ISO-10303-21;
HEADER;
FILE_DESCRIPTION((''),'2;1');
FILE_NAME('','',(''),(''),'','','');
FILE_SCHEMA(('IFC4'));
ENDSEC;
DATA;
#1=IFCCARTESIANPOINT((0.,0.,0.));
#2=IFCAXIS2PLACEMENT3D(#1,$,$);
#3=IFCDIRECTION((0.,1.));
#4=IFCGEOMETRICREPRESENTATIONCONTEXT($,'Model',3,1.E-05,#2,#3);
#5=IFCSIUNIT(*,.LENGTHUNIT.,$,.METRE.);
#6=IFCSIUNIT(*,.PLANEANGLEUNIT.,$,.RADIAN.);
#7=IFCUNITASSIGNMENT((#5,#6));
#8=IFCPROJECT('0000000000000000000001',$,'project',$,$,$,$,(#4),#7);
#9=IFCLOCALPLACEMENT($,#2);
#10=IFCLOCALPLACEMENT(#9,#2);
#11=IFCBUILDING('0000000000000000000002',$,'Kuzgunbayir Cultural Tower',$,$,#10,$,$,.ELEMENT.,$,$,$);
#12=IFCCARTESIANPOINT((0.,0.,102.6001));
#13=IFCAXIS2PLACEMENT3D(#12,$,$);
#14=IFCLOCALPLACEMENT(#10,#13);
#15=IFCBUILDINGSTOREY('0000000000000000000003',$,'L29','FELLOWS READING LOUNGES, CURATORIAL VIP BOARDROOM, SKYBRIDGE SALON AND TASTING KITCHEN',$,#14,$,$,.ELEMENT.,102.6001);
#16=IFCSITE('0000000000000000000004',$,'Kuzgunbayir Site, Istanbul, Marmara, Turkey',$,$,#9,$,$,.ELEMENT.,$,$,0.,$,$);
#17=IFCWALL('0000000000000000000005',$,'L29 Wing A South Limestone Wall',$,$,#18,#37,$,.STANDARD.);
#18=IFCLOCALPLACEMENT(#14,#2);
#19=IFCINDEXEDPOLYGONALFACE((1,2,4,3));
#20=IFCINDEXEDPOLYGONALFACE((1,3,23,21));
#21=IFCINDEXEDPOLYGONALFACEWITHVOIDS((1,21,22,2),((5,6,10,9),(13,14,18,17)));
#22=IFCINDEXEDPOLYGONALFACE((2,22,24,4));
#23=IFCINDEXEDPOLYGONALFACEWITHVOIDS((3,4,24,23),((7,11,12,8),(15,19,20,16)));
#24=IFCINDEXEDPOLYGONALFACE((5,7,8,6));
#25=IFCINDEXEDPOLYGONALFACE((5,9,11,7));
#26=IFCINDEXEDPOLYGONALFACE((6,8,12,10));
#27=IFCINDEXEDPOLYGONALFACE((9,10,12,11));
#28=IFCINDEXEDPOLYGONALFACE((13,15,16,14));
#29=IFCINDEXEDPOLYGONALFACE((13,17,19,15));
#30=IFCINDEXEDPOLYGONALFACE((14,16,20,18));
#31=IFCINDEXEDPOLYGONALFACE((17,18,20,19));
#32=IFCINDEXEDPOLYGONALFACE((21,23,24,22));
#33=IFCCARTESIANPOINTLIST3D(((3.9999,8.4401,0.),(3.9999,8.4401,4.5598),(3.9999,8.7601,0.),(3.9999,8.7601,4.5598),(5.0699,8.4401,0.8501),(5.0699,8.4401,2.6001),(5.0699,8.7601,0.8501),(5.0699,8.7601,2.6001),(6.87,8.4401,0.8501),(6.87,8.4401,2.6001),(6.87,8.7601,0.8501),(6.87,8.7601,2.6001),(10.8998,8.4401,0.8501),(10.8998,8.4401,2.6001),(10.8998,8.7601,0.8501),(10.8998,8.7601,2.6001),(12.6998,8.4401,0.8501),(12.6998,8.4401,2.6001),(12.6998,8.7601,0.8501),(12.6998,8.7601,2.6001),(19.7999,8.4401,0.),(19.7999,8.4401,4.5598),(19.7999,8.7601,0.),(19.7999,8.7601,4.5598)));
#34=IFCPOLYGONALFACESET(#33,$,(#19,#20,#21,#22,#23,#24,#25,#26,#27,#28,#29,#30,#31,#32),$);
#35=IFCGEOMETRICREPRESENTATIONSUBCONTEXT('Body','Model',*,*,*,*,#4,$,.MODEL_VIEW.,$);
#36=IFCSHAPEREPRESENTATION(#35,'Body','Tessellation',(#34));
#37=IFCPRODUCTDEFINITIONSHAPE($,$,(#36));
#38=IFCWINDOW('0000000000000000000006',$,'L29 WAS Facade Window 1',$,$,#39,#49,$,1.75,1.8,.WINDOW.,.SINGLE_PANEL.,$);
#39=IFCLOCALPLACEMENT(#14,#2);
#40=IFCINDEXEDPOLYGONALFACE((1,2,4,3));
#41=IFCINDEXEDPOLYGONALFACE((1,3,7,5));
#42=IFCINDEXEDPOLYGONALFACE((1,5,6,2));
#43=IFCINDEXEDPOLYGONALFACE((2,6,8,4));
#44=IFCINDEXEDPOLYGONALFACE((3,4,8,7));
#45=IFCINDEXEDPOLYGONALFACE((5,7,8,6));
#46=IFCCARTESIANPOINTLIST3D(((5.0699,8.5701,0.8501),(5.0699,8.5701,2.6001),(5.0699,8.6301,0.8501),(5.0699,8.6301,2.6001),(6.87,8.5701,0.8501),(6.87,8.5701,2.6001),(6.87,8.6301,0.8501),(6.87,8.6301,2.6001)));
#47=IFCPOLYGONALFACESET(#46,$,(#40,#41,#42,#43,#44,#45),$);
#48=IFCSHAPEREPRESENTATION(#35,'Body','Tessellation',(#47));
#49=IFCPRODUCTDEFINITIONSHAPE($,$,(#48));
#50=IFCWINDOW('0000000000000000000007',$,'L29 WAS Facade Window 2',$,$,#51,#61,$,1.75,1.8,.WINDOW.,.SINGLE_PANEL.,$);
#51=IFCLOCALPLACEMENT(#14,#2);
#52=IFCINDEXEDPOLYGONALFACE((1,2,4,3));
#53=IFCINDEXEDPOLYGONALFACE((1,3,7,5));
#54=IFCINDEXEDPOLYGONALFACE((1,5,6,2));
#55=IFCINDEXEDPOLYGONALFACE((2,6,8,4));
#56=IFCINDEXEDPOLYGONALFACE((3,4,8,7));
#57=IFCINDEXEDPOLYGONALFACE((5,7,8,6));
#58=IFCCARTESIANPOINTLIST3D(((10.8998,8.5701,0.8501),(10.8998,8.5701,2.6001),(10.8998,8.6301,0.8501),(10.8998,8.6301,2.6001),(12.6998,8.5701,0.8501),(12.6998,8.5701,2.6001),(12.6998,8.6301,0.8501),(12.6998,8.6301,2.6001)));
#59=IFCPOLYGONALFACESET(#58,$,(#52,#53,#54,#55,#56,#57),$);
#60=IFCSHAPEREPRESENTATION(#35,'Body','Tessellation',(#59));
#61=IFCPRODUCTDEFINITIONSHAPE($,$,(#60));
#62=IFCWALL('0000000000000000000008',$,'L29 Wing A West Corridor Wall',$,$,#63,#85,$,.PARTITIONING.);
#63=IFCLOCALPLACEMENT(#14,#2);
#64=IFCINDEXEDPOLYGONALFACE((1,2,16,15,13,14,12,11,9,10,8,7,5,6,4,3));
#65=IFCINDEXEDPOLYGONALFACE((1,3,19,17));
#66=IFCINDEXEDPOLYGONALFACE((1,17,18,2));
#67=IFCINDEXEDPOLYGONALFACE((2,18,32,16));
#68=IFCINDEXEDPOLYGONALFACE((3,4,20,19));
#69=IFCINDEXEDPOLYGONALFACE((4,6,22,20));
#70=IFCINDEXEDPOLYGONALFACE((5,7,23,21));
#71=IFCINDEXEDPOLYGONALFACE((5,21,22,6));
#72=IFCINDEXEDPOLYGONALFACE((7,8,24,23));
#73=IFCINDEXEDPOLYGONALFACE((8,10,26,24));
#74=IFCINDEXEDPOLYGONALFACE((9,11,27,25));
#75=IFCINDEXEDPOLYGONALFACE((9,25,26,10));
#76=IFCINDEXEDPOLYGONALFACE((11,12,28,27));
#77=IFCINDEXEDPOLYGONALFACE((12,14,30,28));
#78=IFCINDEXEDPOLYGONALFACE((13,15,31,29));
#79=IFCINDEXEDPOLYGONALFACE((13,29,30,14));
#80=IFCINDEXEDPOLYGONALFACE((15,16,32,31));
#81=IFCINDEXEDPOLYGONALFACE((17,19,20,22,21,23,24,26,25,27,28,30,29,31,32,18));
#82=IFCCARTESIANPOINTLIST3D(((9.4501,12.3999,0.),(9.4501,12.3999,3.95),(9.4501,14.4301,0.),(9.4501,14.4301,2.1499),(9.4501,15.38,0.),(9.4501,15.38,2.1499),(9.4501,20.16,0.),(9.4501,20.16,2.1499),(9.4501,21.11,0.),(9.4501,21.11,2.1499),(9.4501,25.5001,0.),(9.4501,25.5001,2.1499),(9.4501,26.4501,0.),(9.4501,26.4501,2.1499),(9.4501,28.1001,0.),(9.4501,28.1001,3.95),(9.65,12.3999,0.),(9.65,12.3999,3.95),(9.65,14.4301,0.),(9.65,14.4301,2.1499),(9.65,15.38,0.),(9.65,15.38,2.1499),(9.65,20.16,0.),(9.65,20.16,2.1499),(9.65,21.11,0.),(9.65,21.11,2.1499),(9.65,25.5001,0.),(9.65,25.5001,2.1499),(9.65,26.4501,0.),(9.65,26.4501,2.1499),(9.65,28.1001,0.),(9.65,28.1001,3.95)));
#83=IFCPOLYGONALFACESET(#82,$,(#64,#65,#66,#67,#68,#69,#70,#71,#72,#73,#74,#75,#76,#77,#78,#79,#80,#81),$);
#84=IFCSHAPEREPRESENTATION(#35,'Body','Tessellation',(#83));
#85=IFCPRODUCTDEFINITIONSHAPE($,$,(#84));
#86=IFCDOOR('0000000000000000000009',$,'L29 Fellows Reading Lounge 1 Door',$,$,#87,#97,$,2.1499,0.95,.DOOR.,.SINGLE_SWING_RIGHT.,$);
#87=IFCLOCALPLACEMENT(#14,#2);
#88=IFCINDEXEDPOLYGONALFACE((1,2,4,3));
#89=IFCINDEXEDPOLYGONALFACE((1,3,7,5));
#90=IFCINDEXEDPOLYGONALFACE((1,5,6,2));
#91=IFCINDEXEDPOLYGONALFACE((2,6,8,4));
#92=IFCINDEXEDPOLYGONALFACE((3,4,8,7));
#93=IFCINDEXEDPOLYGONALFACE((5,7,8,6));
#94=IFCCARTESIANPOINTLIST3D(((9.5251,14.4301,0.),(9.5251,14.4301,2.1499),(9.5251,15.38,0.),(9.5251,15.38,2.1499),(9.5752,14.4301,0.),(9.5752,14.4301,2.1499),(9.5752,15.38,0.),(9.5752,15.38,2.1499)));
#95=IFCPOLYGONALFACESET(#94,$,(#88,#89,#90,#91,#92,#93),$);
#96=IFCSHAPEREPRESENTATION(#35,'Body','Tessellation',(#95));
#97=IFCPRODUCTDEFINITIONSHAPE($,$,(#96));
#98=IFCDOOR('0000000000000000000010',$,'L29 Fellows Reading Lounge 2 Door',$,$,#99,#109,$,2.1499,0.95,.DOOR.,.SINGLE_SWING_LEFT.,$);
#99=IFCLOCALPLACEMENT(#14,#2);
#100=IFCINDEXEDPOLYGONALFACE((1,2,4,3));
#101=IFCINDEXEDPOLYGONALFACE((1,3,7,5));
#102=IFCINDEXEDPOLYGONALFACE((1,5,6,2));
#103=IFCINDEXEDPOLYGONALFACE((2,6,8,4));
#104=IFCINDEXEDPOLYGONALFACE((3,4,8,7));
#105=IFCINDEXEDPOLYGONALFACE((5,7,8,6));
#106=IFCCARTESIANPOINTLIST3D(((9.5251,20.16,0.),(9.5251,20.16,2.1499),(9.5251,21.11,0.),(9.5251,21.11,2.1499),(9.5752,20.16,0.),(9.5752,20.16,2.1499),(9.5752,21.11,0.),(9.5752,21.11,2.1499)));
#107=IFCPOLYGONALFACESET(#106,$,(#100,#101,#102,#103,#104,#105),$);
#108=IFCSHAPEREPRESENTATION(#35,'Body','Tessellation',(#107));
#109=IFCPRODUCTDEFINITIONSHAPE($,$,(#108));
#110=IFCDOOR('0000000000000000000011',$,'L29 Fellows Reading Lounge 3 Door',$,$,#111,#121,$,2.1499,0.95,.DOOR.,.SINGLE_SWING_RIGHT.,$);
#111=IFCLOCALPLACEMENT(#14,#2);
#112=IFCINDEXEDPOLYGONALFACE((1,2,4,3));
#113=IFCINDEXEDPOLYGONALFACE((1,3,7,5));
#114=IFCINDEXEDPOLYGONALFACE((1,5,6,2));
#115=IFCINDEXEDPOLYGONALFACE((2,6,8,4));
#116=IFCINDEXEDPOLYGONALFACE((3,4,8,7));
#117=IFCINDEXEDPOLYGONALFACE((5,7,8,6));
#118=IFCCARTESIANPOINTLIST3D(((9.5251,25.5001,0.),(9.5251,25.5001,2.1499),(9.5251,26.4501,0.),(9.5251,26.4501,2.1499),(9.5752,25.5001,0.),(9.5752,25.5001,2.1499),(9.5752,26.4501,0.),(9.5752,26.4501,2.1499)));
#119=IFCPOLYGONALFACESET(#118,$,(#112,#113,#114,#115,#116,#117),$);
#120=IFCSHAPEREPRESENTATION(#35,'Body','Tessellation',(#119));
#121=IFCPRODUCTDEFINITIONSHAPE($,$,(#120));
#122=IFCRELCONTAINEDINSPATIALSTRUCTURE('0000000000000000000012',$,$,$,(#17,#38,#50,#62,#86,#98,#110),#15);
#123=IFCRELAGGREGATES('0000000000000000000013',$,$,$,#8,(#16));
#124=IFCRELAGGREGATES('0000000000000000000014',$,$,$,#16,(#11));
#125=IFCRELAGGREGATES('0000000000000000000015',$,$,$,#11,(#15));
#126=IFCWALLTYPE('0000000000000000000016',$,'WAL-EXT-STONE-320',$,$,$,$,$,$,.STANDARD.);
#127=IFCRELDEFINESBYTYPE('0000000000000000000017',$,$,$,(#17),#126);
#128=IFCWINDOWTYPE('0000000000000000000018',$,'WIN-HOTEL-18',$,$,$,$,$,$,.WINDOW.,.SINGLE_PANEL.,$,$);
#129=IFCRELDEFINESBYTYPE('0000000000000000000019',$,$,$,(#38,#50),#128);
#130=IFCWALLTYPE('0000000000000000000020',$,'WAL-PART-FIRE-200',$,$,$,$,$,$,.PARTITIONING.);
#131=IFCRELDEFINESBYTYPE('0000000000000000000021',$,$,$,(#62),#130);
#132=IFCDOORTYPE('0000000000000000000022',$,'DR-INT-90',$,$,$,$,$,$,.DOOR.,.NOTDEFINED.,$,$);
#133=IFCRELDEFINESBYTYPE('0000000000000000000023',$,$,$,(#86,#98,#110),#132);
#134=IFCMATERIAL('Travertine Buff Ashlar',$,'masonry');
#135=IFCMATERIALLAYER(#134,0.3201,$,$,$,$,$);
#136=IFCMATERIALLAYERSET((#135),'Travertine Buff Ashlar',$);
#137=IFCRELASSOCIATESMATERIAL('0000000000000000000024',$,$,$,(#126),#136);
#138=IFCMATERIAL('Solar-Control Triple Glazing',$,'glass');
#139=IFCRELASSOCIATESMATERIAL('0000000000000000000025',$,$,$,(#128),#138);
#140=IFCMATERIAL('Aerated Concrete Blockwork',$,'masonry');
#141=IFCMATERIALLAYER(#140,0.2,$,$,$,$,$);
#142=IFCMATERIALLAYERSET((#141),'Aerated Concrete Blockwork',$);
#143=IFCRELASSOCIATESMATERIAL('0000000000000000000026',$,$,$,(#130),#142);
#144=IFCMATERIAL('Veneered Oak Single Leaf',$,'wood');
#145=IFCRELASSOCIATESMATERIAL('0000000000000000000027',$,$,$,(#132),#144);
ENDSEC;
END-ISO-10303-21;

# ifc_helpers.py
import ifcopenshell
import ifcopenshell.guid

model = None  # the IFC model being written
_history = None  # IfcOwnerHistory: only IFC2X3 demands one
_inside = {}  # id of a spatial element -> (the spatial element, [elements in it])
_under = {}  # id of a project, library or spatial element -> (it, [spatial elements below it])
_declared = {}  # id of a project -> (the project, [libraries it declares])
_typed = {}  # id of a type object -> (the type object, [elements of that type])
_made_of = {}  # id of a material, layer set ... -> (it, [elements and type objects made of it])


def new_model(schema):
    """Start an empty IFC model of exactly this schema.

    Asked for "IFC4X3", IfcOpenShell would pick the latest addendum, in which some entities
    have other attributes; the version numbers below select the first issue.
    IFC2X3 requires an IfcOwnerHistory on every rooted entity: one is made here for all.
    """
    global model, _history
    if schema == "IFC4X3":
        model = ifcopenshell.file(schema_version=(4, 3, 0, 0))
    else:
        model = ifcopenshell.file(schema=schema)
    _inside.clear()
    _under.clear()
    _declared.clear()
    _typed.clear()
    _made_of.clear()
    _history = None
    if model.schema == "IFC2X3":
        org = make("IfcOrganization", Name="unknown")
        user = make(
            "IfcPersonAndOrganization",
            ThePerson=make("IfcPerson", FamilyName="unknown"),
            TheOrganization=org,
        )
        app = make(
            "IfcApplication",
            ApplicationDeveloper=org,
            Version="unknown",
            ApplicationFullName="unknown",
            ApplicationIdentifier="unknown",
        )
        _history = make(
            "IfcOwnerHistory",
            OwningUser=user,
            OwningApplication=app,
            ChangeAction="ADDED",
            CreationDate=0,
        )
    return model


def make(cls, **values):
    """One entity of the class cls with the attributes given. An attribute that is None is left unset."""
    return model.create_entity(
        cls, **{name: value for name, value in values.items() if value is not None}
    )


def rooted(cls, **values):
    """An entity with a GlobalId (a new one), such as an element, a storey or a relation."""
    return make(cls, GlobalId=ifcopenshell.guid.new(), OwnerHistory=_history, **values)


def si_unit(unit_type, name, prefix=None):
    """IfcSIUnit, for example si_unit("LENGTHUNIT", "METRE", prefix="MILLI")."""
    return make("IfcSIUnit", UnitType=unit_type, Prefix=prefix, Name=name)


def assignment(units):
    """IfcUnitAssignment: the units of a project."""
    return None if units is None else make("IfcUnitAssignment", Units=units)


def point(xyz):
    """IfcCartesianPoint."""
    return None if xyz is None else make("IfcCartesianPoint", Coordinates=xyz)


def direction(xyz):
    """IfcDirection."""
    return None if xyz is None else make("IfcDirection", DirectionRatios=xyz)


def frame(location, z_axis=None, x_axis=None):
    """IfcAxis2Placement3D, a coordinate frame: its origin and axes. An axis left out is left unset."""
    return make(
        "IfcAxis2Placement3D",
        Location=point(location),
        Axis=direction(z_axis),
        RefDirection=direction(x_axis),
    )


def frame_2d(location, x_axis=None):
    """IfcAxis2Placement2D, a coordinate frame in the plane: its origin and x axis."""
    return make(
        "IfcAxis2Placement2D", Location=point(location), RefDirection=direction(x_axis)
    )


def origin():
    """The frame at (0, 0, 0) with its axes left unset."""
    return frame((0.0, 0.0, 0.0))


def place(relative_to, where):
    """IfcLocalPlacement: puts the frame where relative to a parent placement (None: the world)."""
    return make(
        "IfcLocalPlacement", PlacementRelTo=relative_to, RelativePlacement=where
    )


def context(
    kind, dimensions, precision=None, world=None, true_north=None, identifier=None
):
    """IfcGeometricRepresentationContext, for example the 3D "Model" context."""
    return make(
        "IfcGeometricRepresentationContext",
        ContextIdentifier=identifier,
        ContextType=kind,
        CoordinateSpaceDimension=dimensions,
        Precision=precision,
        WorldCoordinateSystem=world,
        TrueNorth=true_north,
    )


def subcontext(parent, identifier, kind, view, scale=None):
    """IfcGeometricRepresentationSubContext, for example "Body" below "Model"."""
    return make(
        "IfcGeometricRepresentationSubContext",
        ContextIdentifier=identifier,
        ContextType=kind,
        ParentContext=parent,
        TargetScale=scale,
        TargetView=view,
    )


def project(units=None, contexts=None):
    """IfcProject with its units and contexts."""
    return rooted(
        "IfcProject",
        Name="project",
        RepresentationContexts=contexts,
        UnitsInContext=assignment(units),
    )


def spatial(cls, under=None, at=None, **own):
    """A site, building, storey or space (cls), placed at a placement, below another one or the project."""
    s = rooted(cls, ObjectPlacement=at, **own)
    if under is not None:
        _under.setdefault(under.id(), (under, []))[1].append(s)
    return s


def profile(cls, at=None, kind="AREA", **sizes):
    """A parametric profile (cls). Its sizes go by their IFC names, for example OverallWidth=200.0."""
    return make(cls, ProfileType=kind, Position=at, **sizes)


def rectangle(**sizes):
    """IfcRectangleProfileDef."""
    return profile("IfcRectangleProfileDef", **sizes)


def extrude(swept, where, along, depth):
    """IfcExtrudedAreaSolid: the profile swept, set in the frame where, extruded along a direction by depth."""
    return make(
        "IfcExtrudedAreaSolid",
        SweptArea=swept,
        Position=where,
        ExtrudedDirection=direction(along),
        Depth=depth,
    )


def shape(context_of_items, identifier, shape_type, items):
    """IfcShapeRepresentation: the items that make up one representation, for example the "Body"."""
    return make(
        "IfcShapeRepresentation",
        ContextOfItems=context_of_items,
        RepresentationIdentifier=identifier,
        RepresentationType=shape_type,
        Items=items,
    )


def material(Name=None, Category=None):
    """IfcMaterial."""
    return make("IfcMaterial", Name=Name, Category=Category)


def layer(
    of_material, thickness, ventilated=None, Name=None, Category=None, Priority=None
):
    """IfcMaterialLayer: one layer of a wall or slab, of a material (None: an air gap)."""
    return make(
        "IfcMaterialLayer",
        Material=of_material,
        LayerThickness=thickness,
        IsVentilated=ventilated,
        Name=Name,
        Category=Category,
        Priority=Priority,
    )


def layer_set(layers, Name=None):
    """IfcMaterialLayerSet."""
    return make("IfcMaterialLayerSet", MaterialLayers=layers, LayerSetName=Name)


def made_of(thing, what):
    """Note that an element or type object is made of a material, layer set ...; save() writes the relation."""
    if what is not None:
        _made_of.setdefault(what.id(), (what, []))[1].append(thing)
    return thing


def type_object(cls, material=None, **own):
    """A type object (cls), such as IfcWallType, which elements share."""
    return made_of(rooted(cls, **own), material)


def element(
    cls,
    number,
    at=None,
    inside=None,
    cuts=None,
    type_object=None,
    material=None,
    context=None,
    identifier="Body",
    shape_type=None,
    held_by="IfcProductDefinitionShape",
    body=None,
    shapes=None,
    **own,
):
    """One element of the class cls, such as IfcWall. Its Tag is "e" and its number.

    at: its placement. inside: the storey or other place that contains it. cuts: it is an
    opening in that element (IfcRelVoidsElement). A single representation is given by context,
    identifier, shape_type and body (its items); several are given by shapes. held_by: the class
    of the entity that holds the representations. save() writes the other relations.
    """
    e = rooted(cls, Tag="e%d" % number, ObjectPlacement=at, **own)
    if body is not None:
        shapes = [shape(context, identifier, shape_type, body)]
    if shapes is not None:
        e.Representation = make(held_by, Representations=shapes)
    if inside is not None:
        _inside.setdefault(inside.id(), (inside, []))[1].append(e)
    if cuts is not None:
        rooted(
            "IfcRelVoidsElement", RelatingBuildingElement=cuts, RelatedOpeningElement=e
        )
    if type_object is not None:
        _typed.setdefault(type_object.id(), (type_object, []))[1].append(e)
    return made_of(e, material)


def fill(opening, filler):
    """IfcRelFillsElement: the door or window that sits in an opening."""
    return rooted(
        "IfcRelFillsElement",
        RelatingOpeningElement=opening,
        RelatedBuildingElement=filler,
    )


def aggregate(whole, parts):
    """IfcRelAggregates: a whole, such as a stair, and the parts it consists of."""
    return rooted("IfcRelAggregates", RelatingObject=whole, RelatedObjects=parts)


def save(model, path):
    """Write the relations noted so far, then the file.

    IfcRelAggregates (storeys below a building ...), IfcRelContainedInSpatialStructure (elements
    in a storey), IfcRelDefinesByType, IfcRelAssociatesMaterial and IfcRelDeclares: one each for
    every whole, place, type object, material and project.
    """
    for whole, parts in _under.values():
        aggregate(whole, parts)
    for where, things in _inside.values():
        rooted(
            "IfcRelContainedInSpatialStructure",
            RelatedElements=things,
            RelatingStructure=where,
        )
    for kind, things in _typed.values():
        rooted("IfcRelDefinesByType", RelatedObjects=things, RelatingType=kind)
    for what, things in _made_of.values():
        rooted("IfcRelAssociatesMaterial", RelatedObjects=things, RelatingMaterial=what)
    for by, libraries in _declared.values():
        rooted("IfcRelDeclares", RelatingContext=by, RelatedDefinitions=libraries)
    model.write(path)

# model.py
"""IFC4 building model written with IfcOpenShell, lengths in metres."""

from ifc_helpers import new_model, si_unit, direction, frame, frame_2d, origin, place, context, subcontext, project, spatial, rectangle, extrude, material, layer, layer_set, type_object, element, fill, save


model = new_model("IFC4")

# Units and contexts
model_context = context("Model", 3, precision=1e-05, world=origin(), true_north=direction((0.0, 1.0)))
body_context = subcontext(model_context, "Body", "Model", "MODEL_VIEW")
ifc_project = project(units=[si_unit("LENGTHUNIT", "METRE"), si_unit("PLANEANGLEUNIT", "RADIAN")], contexts=[model_context])

# Site, building, storey
site_placement = place(None, origin())
site = spatial("IfcSite", under=ifc_project, at=site_placement, Name="Kuzgunbayir Site, Istanbul, Marmara, Turkey", CompositionType="ELEMENT", RefElevation=0.0)
building_placement = place(site_placement, origin())
building = spatial("IfcBuilding", under=site, at=building_placement, Name="Kuzgunbayir Cultural Tower", CompositionType="ELEMENT")
storey_placement = place(building_placement, frame((0.0, 0.0, 102.6001)))
storey = spatial("IfcBuildingStorey", under=building, at=storey_placement, Name="L29", Description="FELLOWS READING LOUNGES, CURATORIAL VIP BOARDROOM, SKYBRIDGE SALON AND TASTING KITCHEN", CompositionType="ELEMENT", Elevation=102.6001)

# Wall, openings, windows
ifc_material_1 = material(Name="Travertine Buff Ashlar", Category="masonry")
ifc_layer_1 = layer(ifc_material_1, 0.3201)
ifc_layer_set_1 = layer_set([ifc_layer_1], Name="Travertine Buff Ashlar")
wall_type_1 = type_object("IfcWallType", Name="WAL-EXT-STONE-320", PredefinedType="STANDARD", material=ifc_layer_set_1)
wall_1_placement = place(storey_placement, frame((4.0, 8.6001, 0.0), z_axis=(0.0, 0.0, 1.0), x_axis=(1.0, 0.0, 0.0)))
wall_1 = element("IfcWall", 1, at=wall_1_placement, inside=storey, type_object=wall_type_1, Name="L29 Wing A South Limestone Wall", PredefinedType="STANDARD", context=body_context, shape_type="SweptSolid", body=[
    extrude(rectangle(XDim=15.8, YDim=0.3201, at=frame_2d((7.8999, 0.0))), origin(), (0.0, 0.0, 1.0), 4.5598),
])
opening_1_placement = place(wall_1_placement, frame((1.0701, 0.0, 0.8501)))
opening_1 = element("IfcOpeningElement", 2, at=opening_1_placement, cuts=wall_1, PredefinedType="OPENING", context=body_context, shape_type="SweptSolid", body=[
    extrude(rectangle(XDim=1.8, YDim=1.75, at=frame_2d((0.8999, 0.875))), frame((0.0, 0.1699, 0.0), z_axis=(0.0, -1.0, 0.0), x_axis=(1.0, 0.0, 0.0)), (0.0, 0.0, 1.0), 0.3401),
])
opening_2_placement = place(wall_1_placement, frame((6.8999, 0.0, 0.8501)))
opening_2 = element("IfcOpeningElement", 3, at=opening_2_placement, cuts=wall_1, PredefinedType="OPENING", context=body_context, shape_type="SweptSolid", body=[
    extrude(rectangle(XDim=1.8, YDim=1.75, at=frame_2d((0.8999, 0.875))), frame((0.0, 0.1699, 0.0), z_axis=(0.0, -1.0, 0.0), x_axis=(1.0, 0.0, 0.0)), (0.0, 0.0, 1.0), 0.3401),
])
ifc_material_2 = material(Name="Solar-Control Triple Glazing", Category="glass")
window_type = type_object("IfcWindowType", Name="WIN-HOTEL-18", PartitioningType="SINGLE_PANEL", PredefinedType="WINDOW", material=ifc_material_2)
window_1_placement = place(opening_1_placement, origin())
window_1 = element("IfcWindow", 4, at=window_1_placement, inside=storey, type_object=window_type, Name="L29 WAS Facade Window 1", OverallHeight=1.75, OverallWidth=1.8, PartitioningType="SINGLE_PANEL", PredefinedType="WINDOW", context=body_context, shape_type="SweptSolid", body=[
    extrude(rectangle(XDim=1.8, YDim=1.75, at=frame_2d((0.8999, 0.875))), frame((0.0, 0.03, 0.0), z_axis=(0.0, -1.0, 0.0), x_axis=(1.0, 0.0, 0.0)), (0.0, 0.0, 1.0), 0.0601),
])
fill(opening_1, window_1)
window_2_placement = place(opening_2_placement, origin())
window_2 = element("IfcWindow", 5, at=window_2_placement, inside=storey, type_object=window_type, Name="L29 WAS Facade Window 2", OverallHeight=1.75, OverallWidth=1.8, PartitioningType="SINGLE_PANEL", PredefinedType="WINDOW", context=body_context, shape_type="SweptSolid", body=[
    extrude(rectangle(XDim=1.8, YDim=1.75, at=frame_2d((0.8999, 0.875))), frame((0.0, 0.03, 0.0), z_axis=(0.0, -1.0, 0.0), x_axis=(1.0, 0.0, 0.0)), (0.0, 0.0, 1.0), 0.0601),
])
fill(opening_2, window_2)

# Wall, openings, doors
ifc_material_3 = material(Name="Aerated Concrete Blockwork", Category="masonry")
ifc_layer_2 = layer(ifc_material_3, 0.2)
ifc_layer_set_2 = layer_set([ifc_layer_2], Name="Aerated Concrete Blockwork")
wall_type_2 = type_object("IfcWallType", Name="WAL-PART-FIRE-200", PredefinedType="PARTITIONING", material=ifc_layer_set_2)
wall_2_placement = place(storey_placement, frame((9.55, 12.3999, 0.0), z_axis=(0.0, 0.0, 1.0), x_axis=(0.0, 1.0, 0.0)))
wall_2 = element("IfcWall", 6, at=wall_2_placement, inside=storey, type_object=wall_type_2, Name="L29 Wing A West Corridor Wall", PredefinedType="PARTITIONING", context=body_context, shape_type="SweptSolid", body=[
    extrude(rectangle(XDim=15.7002, YDim=0.2, at=frame_2d((7.8501, 0.0))), origin(), (0.0, 0.0, 1.0), 3.95),
])
opening_3_placement = place(wall_2_placement, frame((2.03, 0.0, 0.0)))
opening_3 = element("IfcOpeningElement", 7, at=opening_3_placement, cuts=wall_2, PredefinedType="OPENING", context=body_context, shape_type="SweptSolid", body=[
    extrude(rectangle(XDim=0.95, YDim=2.1499, at=frame_2d((0.4751, 1.075))), frame((0.0, 0.1099, 0.0), z_axis=(0.0, -1.0, 0.0), x_axis=(1.0, 0.0, 0.0)), (0.0, 0.0, 1.0), 0.22),
])
opening_4_placement = place(wall_2_placement, frame((7.76, 0.0, 0.0)))
opening_4 = element("IfcOpeningElement", 8, at=opening_4_placement, cuts=wall_2, PredefinedType="OPENING", context=body_context, shape_type="SweptSolid", body=[
    extrude(rectangle(XDim=0.95, YDim=2.1499, at=frame_2d((0.4751, 1.075))), frame((0.0, 0.1099, 0.0), z_axis=(0.0, -1.0, 0.0), x_axis=(1.0, 0.0, 0.0)), (0.0, 0.0, 1.0), 0.22),
])
opening_5_placement = place(wall_2_placement, frame((13.1001, 0.0, 0.0)))
opening_5 = element("IfcOpeningElement", 9, at=opening_5_placement, cuts=wall_2, PredefinedType="OPENING", context=body_context, shape_type="SweptSolid", body=[
    extrude(rectangle(XDim=0.95, YDim=2.1499, at=frame_2d((0.4751, 1.075))), frame((0.0, 0.1099, 0.0), z_axis=(0.0, -1.0, 0.0), x_axis=(1.0, 0.0, 0.0)), (0.0, 0.0, 1.0), 0.22),
])
ifc_material_4 = material(Name="Veneered Oak Single Leaf", Category="wood")
door_type_1 = type_object("IfcDoorType", Name="DR-INT-90", OperationType="NOTDEFINED", PredefinedType="DOOR", material=ifc_material_4)
door_1_placement = place(opening_3_placement, origin())
door_1 = element("IfcDoor", 10, at=door_1_placement, inside=storey, type_object=door_type_1, Name="L29 Fellows Reading Lounge 1 Door", OperationType="SINGLE_SWING_RIGHT", OverallHeight=2.1499, OverallWidth=0.95, PredefinedType="DOOR", context=body_context, shape_type="SweptSolid", body=[
    extrude(rectangle(XDim=0.95, YDim=2.1499, at=frame_2d((0.4751, 1.075))), frame((0.0, 0.0249, 0.0), z_axis=(0.0, -1.0, 0.0), x_axis=(1.0, 0.0, 0.0)), (0.0, 0.0, 1.0), 0.05),
])
fill(opening_3, door_1)
door_2_placement = place(opening_4_placement, origin())
door_2 = element("IfcDoor", 11, at=door_2_placement, inside=storey, type_object=door_type_1, Name="L29 Fellows Reading Lounge 2 Door", OperationType="SINGLE_SWING_LEFT", OverallHeight=2.1499, OverallWidth=0.95, PredefinedType="DOOR", context=body_context, shape_type="SweptSolid", body=[
    extrude(rectangle(XDim=0.95, YDim=2.1499, at=frame_2d((0.4751, 1.075))), frame((0.0, 0.0249, 0.0), z_axis=(0.0, -1.0, 0.0), x_axis=(1.0, 0.0, 0.0)), (0.0, 0.0, 1.0), 0.05),
])
fill(opening_4, door_2)
door_3_placement = place(opening_5_placement, origin())
door_3 = element("IfcDoor", 12, at=door_3_placement, inside=storey, type_object=door_type_1, Name="L29 Fellows Reading Lounge 3 Door", OperationType="SINGLE_SWING_RIGHT", OverallHeight=2.1499, OverallWidth=0.95, PredefinedType="DOOR", context=body_context, shape_type="SweptSolid", body=[
    extrude(rectangle(XDim=0.95, YDim=2.1499, at=frame_2d((0.4751, 1.075))), frame((0.0, 0.0249, 0.0), z_axis=(0.0, -1.0, 0.0), x_axis=(1.0, 0.0, 0.0)), (0.0, 0.0, 1.0), 0.05),
])
fill(opening_5, door_3)

save(model, "model.ifc")
